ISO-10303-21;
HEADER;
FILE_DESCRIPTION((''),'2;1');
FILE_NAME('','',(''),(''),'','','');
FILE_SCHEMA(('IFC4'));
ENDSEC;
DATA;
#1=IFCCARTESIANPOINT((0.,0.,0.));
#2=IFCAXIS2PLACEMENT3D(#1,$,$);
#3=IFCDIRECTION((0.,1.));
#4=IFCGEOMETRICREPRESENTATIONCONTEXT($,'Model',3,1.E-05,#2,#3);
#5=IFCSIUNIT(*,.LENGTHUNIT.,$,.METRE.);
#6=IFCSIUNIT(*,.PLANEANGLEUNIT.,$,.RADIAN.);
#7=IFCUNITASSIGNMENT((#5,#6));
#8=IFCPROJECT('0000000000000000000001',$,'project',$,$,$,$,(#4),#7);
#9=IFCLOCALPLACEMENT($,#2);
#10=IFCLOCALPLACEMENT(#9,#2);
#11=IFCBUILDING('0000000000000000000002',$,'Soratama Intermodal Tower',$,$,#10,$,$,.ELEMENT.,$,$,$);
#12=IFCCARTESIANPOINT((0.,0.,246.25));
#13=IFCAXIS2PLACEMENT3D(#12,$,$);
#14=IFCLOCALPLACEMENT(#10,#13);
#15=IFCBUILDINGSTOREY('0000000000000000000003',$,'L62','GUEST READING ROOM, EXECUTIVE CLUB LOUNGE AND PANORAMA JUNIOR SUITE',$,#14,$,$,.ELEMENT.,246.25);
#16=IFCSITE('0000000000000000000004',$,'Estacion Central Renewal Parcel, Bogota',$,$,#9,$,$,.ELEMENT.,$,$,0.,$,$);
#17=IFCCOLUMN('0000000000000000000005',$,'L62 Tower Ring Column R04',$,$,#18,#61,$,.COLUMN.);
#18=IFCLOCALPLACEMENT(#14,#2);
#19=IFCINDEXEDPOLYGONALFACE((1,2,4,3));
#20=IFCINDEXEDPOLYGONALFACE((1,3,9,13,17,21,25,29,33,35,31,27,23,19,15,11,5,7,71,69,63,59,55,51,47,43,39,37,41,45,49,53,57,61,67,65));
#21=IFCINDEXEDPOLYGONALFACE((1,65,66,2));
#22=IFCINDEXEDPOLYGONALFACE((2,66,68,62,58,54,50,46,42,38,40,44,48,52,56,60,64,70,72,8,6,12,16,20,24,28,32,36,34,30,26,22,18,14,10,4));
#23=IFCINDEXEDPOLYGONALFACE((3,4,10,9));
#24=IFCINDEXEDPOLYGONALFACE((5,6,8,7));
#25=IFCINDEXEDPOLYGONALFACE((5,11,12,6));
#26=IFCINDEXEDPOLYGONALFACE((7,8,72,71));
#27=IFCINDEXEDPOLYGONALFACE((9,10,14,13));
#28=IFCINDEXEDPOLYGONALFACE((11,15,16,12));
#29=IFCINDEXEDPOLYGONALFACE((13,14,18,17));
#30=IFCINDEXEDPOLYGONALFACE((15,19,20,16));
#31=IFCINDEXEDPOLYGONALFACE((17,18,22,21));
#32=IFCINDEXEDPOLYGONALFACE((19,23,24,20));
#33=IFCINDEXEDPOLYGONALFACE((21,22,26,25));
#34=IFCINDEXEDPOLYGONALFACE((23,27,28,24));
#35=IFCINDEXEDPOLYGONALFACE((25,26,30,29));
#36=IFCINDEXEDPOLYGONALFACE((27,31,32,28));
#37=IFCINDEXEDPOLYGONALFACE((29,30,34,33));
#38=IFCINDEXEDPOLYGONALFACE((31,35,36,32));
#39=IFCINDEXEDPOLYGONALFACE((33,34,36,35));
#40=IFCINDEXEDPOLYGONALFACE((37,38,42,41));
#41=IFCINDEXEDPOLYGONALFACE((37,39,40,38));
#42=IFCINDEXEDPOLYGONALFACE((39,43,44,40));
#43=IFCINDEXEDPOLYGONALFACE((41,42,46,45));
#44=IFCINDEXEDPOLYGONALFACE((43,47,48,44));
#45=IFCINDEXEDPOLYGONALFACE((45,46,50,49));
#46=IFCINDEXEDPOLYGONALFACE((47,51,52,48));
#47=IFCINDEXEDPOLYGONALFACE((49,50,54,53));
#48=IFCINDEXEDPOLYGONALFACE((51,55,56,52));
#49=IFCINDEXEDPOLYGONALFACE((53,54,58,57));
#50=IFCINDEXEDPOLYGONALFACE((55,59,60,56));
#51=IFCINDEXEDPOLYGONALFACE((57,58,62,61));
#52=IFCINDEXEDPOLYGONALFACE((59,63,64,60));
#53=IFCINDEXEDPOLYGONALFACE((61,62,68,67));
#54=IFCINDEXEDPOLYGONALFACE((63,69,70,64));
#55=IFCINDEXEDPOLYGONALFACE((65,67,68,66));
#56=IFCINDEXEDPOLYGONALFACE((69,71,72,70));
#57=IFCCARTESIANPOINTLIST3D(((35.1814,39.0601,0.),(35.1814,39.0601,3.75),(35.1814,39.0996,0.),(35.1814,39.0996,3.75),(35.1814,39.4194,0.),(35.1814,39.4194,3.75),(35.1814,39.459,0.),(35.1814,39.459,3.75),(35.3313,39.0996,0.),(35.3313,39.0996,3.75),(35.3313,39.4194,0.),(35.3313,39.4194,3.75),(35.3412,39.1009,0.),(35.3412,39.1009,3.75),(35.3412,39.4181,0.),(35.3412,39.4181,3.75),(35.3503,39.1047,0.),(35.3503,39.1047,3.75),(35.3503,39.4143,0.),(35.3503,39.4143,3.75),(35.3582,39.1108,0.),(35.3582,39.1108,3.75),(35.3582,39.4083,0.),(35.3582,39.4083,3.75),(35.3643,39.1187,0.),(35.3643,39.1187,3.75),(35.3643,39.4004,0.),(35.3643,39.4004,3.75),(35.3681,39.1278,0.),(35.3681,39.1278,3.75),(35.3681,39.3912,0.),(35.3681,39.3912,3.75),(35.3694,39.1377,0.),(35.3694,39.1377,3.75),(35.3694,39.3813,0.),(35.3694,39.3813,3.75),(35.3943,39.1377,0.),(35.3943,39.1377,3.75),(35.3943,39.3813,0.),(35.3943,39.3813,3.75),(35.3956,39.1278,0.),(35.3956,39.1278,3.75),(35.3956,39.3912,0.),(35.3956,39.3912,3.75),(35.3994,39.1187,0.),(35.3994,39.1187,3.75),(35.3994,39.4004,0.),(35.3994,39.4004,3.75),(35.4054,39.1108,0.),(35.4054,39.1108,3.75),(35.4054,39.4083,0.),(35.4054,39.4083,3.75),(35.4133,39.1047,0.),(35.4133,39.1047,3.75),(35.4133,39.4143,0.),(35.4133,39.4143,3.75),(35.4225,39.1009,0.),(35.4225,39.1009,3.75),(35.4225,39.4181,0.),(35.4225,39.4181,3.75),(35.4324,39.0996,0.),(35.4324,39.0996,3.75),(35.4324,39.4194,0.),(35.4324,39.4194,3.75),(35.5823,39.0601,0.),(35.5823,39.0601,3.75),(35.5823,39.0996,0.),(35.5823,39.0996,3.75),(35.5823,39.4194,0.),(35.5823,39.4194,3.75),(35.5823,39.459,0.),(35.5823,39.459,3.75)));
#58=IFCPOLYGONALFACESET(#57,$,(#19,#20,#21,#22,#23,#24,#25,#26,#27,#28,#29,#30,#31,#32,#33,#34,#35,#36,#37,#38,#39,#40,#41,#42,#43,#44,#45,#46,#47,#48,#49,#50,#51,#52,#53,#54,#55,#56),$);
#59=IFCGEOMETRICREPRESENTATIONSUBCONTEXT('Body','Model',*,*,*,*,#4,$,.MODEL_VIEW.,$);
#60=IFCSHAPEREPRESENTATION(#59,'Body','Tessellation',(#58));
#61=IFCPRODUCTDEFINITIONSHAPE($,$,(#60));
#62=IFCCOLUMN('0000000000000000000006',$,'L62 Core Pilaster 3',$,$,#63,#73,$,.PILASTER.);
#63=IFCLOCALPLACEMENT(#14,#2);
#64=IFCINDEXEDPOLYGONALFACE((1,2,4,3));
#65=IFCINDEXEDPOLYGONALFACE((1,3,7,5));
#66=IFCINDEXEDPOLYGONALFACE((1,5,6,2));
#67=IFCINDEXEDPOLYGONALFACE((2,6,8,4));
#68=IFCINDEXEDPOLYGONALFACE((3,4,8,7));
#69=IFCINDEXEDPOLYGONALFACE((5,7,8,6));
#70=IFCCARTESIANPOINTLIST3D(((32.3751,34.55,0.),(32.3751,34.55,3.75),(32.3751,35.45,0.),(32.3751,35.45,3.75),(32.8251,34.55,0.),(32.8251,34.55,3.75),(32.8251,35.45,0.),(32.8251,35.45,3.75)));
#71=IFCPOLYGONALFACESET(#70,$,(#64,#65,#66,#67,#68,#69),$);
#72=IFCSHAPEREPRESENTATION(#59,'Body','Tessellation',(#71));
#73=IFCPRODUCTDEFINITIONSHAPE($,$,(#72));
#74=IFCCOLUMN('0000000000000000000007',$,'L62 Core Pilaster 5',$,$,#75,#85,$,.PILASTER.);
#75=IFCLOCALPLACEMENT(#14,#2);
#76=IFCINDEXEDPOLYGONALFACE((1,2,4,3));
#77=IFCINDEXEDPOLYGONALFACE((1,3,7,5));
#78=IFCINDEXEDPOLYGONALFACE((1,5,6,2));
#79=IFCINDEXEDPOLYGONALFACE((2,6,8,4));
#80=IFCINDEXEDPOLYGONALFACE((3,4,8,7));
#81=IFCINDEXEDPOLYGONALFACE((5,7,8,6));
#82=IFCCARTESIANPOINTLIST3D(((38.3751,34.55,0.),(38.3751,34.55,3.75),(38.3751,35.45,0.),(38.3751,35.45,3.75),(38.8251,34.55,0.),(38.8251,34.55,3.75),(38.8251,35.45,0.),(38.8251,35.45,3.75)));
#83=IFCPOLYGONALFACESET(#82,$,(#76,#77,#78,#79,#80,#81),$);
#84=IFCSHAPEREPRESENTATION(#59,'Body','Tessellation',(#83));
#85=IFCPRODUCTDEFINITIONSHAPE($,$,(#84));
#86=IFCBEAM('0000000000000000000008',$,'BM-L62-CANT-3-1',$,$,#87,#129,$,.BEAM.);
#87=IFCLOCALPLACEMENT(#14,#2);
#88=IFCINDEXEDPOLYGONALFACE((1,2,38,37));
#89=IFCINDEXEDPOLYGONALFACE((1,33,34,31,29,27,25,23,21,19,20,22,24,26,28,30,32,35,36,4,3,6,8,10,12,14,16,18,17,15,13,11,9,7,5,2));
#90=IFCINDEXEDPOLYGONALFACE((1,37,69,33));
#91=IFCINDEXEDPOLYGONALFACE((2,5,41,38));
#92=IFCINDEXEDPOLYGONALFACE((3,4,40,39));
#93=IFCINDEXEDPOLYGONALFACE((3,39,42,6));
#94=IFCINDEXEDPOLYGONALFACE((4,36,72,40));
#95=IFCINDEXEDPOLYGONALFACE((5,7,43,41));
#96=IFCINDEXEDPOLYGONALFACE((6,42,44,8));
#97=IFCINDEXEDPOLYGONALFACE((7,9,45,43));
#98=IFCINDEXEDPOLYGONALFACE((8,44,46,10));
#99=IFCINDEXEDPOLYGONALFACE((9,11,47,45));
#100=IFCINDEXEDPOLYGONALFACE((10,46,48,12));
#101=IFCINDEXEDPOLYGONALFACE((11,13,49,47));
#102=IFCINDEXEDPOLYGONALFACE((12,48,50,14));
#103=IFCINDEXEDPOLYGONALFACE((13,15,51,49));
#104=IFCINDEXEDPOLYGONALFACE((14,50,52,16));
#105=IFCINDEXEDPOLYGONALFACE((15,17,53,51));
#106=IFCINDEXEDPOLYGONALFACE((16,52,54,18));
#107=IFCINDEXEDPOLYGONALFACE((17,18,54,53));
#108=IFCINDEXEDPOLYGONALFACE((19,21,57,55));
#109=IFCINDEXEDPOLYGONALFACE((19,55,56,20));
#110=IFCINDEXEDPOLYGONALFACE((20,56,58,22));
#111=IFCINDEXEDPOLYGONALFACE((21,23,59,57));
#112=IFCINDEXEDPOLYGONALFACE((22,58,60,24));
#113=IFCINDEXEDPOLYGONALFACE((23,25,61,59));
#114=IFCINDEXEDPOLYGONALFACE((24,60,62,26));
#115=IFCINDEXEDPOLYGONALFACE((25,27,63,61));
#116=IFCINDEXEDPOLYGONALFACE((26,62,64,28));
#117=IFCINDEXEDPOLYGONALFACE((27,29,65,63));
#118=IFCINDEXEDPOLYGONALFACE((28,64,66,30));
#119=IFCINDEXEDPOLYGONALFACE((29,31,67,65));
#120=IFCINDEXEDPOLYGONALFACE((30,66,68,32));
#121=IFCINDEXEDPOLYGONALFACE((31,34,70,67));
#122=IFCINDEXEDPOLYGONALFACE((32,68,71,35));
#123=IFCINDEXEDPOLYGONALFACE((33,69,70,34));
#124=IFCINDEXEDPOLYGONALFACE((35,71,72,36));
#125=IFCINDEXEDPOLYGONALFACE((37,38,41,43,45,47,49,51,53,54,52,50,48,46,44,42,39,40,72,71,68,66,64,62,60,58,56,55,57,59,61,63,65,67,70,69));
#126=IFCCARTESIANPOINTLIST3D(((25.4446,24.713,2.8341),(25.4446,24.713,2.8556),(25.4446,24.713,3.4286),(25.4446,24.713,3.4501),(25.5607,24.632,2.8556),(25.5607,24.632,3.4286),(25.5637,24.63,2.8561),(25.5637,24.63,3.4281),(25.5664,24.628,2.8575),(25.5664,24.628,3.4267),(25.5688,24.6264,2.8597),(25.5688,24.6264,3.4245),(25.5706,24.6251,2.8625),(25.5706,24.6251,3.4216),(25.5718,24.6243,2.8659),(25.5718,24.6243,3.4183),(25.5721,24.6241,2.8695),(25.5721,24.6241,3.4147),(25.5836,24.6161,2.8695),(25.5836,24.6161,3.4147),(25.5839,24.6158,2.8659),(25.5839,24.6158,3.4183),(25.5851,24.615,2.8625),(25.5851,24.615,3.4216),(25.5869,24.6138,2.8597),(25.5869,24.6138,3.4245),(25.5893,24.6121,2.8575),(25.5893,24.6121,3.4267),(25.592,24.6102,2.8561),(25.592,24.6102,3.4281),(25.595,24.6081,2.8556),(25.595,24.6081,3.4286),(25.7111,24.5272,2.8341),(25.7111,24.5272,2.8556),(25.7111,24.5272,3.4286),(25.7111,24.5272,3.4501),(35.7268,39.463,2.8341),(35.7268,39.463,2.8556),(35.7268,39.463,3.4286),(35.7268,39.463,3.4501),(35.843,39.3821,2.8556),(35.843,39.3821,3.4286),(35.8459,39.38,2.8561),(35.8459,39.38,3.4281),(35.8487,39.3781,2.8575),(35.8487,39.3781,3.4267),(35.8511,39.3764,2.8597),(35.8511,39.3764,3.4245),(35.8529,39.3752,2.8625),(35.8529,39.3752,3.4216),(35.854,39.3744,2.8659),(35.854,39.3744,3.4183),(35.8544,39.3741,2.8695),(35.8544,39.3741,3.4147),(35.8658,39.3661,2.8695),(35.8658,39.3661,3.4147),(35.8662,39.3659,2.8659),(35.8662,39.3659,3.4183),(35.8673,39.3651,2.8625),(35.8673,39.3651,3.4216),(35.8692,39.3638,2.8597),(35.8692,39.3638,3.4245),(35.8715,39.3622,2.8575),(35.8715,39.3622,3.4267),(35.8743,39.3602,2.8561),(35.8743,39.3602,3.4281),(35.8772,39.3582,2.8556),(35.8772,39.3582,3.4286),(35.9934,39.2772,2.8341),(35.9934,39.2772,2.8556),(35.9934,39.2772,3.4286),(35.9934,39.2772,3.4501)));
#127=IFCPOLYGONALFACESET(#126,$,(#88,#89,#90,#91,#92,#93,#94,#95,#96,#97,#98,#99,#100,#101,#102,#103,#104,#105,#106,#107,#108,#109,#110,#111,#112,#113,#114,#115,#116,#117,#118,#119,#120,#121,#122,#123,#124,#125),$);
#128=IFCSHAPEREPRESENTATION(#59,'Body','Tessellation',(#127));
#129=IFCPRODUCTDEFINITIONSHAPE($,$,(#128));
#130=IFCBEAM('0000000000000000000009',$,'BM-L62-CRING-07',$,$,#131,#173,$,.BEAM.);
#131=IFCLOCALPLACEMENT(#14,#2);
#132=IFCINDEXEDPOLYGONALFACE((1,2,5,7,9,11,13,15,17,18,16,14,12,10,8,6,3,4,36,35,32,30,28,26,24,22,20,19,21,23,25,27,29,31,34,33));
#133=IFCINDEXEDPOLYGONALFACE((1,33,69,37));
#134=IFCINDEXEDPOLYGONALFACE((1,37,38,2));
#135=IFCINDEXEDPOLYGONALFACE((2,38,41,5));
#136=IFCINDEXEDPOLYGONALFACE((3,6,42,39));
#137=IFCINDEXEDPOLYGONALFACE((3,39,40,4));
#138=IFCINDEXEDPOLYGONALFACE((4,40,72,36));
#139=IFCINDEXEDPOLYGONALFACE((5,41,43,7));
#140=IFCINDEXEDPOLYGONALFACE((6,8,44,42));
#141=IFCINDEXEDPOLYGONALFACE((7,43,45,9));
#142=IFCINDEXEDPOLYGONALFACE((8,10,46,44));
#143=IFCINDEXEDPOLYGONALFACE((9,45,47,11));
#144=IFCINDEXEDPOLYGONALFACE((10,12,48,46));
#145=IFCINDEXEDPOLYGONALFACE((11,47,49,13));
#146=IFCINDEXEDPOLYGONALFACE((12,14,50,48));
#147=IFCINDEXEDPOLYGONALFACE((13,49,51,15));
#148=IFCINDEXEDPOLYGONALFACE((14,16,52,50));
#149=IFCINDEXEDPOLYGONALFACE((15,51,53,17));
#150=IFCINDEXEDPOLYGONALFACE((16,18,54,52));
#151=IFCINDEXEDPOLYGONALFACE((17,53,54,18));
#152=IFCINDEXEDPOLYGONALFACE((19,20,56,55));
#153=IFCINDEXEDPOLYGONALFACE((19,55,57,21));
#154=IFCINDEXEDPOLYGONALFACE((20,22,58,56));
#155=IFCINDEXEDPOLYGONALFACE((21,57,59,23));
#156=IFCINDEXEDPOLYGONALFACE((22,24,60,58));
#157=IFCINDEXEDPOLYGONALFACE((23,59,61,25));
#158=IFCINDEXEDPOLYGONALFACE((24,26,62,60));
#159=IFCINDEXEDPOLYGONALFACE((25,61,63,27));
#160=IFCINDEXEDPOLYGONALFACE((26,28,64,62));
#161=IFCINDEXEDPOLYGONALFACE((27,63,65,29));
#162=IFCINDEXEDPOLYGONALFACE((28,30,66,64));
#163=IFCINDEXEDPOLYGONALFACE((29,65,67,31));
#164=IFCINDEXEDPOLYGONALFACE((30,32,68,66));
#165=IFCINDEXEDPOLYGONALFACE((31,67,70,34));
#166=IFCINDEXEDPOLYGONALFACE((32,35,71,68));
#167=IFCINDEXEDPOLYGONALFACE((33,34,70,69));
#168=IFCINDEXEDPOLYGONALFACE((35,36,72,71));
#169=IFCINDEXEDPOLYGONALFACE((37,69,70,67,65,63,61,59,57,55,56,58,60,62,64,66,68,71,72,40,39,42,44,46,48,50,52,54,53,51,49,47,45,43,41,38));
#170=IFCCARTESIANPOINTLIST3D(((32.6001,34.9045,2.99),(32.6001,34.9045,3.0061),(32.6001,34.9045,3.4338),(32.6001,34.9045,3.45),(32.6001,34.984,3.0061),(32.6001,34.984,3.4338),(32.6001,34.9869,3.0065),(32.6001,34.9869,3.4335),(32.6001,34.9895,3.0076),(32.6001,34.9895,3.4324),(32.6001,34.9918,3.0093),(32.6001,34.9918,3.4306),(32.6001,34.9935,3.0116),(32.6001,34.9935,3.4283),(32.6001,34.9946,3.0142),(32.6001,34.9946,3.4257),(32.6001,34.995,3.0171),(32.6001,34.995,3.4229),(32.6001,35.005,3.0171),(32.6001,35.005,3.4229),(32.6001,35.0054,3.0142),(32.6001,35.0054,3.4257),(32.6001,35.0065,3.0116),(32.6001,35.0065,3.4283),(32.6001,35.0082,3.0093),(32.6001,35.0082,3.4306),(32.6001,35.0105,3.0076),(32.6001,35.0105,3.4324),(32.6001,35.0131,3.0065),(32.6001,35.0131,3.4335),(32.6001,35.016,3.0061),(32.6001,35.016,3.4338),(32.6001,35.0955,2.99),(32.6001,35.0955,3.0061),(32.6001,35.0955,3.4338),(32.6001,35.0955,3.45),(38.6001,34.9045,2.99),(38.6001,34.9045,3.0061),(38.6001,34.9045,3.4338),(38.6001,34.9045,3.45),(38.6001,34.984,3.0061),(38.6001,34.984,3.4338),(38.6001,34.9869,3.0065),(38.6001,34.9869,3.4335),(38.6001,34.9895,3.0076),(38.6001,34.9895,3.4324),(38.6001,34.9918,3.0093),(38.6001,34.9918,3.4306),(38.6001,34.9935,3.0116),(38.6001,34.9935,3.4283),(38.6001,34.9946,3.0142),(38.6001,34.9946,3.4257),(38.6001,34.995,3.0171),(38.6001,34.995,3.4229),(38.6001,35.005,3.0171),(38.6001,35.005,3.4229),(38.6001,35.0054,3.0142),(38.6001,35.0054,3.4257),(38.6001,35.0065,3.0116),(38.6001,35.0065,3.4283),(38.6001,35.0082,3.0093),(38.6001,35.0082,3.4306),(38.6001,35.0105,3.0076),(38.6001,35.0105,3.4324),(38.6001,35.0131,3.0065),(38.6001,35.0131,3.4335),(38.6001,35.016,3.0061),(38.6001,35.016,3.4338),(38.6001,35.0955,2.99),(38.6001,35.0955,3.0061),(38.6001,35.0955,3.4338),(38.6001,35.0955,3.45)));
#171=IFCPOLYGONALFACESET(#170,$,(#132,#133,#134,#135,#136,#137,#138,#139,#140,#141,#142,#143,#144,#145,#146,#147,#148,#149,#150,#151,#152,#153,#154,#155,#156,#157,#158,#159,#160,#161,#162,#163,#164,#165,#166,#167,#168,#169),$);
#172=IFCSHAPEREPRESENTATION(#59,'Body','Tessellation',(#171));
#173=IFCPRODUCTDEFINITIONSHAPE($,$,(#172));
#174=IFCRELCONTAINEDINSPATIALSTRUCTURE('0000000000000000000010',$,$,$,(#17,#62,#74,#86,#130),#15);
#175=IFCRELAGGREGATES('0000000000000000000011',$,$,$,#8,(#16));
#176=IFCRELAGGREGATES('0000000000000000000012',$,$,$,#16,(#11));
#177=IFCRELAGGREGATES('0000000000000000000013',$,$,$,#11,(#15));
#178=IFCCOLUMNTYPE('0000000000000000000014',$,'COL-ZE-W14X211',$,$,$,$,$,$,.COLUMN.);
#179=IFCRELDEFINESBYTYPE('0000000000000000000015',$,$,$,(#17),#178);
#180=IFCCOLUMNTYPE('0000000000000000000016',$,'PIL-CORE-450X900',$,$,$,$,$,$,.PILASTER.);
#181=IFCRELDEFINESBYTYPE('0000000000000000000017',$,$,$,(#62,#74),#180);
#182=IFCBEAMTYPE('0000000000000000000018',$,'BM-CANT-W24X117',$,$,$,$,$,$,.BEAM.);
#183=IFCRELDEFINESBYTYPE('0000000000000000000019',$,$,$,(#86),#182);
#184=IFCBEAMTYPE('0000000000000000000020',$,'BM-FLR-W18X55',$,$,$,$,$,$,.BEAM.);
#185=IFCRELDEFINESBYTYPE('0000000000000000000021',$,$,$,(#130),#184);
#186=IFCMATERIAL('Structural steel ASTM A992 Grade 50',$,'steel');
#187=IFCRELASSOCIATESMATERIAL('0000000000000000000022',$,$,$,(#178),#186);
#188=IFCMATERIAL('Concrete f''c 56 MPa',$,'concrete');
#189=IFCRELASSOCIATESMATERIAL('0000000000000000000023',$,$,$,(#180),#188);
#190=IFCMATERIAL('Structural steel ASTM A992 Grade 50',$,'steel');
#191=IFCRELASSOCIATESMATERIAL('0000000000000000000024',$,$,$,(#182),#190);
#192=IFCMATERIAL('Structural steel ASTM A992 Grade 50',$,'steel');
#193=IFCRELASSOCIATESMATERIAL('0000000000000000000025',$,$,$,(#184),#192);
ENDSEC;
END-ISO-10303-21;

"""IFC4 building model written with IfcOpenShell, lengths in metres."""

from ifc_helpers import new_model, si_unit, direction, frame, origin, origin_2d, place, context, subcontext, project, spatial, rectangle, i_section, extrude, material, material_profile, profile_set, type_object, element, save


model = new_model("IFC4")

# Units and contexts
model_context = context("Model", 3, precision=1e-05, world=origin(), true_north=direction((0.0, 1.0)))
body_context = subcontext(model_context, "Body", "Model", "MODEL_VIEW")
ifc_project = project(units=[si_unit("LENGTHUNIT", "METRE"), si_unit("PLANEANGLEUNIT", "RADIAN")], contexts=[model_context])

# Site, building, storey
site_placement = place(None, origin())
site = spatial("IfcSite", under=ifc_project, at=site_placement, Name="Estacion Central Renewal Parcel, Bogota", CompositionType="ELEMENT", RefElevation=0.0)
building_placement = place(site_placement, origin())
building = spatial("IfcBuilding", under=site, at=building_placement, Name="Soratama Intermodal Tower", CompositionType="ELEMENT")
storey_placement = place(building_placement, frame((0.0, 0.0, 246.25)))
storey = spatial("IfcBuildingStorey", under=building, at=storey_placement, Name="L62", Description="GUEST READING ROOM, EXECUTIVE CLUB LOUNGE AND PANORAMA JUNIOR SUITE", CompositionType="ELEMENT", Elevation=246.25)

# Columns
ifc_material_1 = material(Name="Structural steel ASTM A992 Grade 50", Category="steel")
ifc_material_profile_1 = material_profile(ifc_material_1, i_section(OverallWidth=0.4009, OverallDepth=0.3989, WebThickness=0.0249, FlangeThickness=0.0396, FilletRadius=0.0381, at=origin_2d()), Name="W14X211")
ifc_profile_set_1 = profile_set([ifc_material_profile_1], Name="Structural steel ASTM A992 Grade 50")
column_type_1 = type_object("IfcColumnType", Name="COL-ZE-W14X211", PredefinedType="COLUMN", material=ifc_profile_set_1)
column_placement = place(storey_placement, frame((35.3818, 39.2595, 0.0), z_axis=(0.0, 0.0, 1.0), x_axis=(1.0, 0.0, 0.0)))
element("IfcColumn", 1, at=column_placement, inside=storey, type_object=column_type_1, Name="L62 Tower Ring Column R04", PredefinedType="COLUMN", context=body_context, shape_type="SweptSolid", body=[
    extrude(i_section(OverallWidth=0.4009, OverallDepth=0.3989, WebThickness=0.0249, FlangeThickness=0.0396, FilletRadius=0.0381, at=origin_2d()), origin(), (0.0, 0.0, 1.0), 3.75),
])
ifc_material_2 = material(Name="Concrete f'c 56 MPa", Category="concrete")
ifc_material_profile_2 = material_profile(ifc_material_2, rectangle(XDim=0.45, YDim=0.8999, at=origin_2d()), Name="RC450X900")
ifc_profile_set_2 = profile_set([ifc_material_profile_2], Name="Concrete f'c 56 MPa")
column_type_2 = type_object("IfcColumnType", Name="PIL-CORE-450X900", PredefinedType="PILASTER", material=ifc_profile_set_2)
for number, where, z_axis, x_axis, name in (
    (2, (32.6001, 35.0, 0.0), (0.0, 0.0, 1.0), (1.0, 0.0, 0.0), "L62 Core Pilaster 3"),
    (3, (38.6001, 35.0, 0.0), (0.0, 0.0, 1.0), (1.0, 0.0, 0.0), "L62 Core Pilaster 5"),
):
    element("IfcColumn", number, at=place(storey_placement, frame(where, z_axis=z_axis, x_axis=x_axis)), inside=storey, type_object=column_type_2, Name=name, PredefinedType="PILASTER", context=body_context, shape_type="SweptSolid", body=[
        extrude(rectangle(XDim=0.45, YDim=0.8999, at=origin_2d()), origin(), (0.0, 0.0, 1.0), 3.75),
    ])

# Beams
ifc_material_3 = material(Name="Structural steel ASTM A992 Grade 50", Category="steel")
ifc_material_profile_3 = material_profile(ifc_material_3, i_section(OverallWidth=0.325, OverallDepth=0.616, WebThickness=0.0139, FlangeThickness=0.0215, FilletRadius=0.0139, at=origin_2d()), Name="W24X117")
ifc_profile_set_3 = profile_set([ifc_material_profile_3], Name="Structural steel ASTM A992 Grade 50")
beam_type_1 = type_object("IfcBeamType", Name="BM-CANT-W24X117", PredefinedType="BEAM", material=ifc_profile_set_3)
beam_1_placement = place(storey_placement, frame((35.8601, 39.3701, 3.1421), z_axis=(-0.571865, -0.820348, 0.0), x_axis=(0.820348, -0.571865, 0.0)))
element("IfcBeam", 4, at=beam_1_placement, inside=storey, type_object=beam_type_1, Name="BM-L62-CANT-3-1", PredefinedType="BEAM", context=body_context, shape_type="SweptSolid", body=[
    extrude(i_section(OverallWidth=0.325, OverallDepth=0.616, WebThickness=0.0139, FlangeThickness=0.0215, FilletRadius=0.0139, at=origin_2d()), origin(), (0.0, 0.0, 1.0), 17.9802),
])
ifc_material_4 = material(Name="Structural steel ASTM A992 Grade 50", Category="steel")
ifc_material_profile_4 = material_profile(ifc_material_4, i_section(OverallWidth=0.1909, OverallDepth=0.46, WebThickness=0.01, FlangeThickness=0.0161, FilletRadius=0.011, at=origin_2d()), Name="W18X55")
ifc_profile_set_4 = profile_set([ifc_material_profile_4], Name="Structural steel ASTM A992 Grade 50")
beam_type_2 = type_object("IfcBeamType", Name="BM-FLR-W18X55", PredefinedType="BEAM", material=ifc_profile_set_4)
beam_2_placement = place(storey_placement, frame((38.6001, 35.0, 3.22), z_axis=(-1.0, 0.0, 0.0), x_axis=(0.0, -1.0, 0.0)))
element("IfcBeam", 5, at=beam_2_placement, inside=storey, type_object=beam_type_2, Name="BM-L62-CRING-07", PredefinedType="BEAM", context=body_context, shape_type="SweptSolid", body=[
    extrude(i_section(OverallWidth=0.1909, OverallDepth=0.46, WebThickness=0.01, FlangeThickness=0.0161, FilletRadius=0.011, at=origin_2d()), origin(), (0.0, 0.0, 1.0), 6.0),
])

save(model, "model.ifc")
